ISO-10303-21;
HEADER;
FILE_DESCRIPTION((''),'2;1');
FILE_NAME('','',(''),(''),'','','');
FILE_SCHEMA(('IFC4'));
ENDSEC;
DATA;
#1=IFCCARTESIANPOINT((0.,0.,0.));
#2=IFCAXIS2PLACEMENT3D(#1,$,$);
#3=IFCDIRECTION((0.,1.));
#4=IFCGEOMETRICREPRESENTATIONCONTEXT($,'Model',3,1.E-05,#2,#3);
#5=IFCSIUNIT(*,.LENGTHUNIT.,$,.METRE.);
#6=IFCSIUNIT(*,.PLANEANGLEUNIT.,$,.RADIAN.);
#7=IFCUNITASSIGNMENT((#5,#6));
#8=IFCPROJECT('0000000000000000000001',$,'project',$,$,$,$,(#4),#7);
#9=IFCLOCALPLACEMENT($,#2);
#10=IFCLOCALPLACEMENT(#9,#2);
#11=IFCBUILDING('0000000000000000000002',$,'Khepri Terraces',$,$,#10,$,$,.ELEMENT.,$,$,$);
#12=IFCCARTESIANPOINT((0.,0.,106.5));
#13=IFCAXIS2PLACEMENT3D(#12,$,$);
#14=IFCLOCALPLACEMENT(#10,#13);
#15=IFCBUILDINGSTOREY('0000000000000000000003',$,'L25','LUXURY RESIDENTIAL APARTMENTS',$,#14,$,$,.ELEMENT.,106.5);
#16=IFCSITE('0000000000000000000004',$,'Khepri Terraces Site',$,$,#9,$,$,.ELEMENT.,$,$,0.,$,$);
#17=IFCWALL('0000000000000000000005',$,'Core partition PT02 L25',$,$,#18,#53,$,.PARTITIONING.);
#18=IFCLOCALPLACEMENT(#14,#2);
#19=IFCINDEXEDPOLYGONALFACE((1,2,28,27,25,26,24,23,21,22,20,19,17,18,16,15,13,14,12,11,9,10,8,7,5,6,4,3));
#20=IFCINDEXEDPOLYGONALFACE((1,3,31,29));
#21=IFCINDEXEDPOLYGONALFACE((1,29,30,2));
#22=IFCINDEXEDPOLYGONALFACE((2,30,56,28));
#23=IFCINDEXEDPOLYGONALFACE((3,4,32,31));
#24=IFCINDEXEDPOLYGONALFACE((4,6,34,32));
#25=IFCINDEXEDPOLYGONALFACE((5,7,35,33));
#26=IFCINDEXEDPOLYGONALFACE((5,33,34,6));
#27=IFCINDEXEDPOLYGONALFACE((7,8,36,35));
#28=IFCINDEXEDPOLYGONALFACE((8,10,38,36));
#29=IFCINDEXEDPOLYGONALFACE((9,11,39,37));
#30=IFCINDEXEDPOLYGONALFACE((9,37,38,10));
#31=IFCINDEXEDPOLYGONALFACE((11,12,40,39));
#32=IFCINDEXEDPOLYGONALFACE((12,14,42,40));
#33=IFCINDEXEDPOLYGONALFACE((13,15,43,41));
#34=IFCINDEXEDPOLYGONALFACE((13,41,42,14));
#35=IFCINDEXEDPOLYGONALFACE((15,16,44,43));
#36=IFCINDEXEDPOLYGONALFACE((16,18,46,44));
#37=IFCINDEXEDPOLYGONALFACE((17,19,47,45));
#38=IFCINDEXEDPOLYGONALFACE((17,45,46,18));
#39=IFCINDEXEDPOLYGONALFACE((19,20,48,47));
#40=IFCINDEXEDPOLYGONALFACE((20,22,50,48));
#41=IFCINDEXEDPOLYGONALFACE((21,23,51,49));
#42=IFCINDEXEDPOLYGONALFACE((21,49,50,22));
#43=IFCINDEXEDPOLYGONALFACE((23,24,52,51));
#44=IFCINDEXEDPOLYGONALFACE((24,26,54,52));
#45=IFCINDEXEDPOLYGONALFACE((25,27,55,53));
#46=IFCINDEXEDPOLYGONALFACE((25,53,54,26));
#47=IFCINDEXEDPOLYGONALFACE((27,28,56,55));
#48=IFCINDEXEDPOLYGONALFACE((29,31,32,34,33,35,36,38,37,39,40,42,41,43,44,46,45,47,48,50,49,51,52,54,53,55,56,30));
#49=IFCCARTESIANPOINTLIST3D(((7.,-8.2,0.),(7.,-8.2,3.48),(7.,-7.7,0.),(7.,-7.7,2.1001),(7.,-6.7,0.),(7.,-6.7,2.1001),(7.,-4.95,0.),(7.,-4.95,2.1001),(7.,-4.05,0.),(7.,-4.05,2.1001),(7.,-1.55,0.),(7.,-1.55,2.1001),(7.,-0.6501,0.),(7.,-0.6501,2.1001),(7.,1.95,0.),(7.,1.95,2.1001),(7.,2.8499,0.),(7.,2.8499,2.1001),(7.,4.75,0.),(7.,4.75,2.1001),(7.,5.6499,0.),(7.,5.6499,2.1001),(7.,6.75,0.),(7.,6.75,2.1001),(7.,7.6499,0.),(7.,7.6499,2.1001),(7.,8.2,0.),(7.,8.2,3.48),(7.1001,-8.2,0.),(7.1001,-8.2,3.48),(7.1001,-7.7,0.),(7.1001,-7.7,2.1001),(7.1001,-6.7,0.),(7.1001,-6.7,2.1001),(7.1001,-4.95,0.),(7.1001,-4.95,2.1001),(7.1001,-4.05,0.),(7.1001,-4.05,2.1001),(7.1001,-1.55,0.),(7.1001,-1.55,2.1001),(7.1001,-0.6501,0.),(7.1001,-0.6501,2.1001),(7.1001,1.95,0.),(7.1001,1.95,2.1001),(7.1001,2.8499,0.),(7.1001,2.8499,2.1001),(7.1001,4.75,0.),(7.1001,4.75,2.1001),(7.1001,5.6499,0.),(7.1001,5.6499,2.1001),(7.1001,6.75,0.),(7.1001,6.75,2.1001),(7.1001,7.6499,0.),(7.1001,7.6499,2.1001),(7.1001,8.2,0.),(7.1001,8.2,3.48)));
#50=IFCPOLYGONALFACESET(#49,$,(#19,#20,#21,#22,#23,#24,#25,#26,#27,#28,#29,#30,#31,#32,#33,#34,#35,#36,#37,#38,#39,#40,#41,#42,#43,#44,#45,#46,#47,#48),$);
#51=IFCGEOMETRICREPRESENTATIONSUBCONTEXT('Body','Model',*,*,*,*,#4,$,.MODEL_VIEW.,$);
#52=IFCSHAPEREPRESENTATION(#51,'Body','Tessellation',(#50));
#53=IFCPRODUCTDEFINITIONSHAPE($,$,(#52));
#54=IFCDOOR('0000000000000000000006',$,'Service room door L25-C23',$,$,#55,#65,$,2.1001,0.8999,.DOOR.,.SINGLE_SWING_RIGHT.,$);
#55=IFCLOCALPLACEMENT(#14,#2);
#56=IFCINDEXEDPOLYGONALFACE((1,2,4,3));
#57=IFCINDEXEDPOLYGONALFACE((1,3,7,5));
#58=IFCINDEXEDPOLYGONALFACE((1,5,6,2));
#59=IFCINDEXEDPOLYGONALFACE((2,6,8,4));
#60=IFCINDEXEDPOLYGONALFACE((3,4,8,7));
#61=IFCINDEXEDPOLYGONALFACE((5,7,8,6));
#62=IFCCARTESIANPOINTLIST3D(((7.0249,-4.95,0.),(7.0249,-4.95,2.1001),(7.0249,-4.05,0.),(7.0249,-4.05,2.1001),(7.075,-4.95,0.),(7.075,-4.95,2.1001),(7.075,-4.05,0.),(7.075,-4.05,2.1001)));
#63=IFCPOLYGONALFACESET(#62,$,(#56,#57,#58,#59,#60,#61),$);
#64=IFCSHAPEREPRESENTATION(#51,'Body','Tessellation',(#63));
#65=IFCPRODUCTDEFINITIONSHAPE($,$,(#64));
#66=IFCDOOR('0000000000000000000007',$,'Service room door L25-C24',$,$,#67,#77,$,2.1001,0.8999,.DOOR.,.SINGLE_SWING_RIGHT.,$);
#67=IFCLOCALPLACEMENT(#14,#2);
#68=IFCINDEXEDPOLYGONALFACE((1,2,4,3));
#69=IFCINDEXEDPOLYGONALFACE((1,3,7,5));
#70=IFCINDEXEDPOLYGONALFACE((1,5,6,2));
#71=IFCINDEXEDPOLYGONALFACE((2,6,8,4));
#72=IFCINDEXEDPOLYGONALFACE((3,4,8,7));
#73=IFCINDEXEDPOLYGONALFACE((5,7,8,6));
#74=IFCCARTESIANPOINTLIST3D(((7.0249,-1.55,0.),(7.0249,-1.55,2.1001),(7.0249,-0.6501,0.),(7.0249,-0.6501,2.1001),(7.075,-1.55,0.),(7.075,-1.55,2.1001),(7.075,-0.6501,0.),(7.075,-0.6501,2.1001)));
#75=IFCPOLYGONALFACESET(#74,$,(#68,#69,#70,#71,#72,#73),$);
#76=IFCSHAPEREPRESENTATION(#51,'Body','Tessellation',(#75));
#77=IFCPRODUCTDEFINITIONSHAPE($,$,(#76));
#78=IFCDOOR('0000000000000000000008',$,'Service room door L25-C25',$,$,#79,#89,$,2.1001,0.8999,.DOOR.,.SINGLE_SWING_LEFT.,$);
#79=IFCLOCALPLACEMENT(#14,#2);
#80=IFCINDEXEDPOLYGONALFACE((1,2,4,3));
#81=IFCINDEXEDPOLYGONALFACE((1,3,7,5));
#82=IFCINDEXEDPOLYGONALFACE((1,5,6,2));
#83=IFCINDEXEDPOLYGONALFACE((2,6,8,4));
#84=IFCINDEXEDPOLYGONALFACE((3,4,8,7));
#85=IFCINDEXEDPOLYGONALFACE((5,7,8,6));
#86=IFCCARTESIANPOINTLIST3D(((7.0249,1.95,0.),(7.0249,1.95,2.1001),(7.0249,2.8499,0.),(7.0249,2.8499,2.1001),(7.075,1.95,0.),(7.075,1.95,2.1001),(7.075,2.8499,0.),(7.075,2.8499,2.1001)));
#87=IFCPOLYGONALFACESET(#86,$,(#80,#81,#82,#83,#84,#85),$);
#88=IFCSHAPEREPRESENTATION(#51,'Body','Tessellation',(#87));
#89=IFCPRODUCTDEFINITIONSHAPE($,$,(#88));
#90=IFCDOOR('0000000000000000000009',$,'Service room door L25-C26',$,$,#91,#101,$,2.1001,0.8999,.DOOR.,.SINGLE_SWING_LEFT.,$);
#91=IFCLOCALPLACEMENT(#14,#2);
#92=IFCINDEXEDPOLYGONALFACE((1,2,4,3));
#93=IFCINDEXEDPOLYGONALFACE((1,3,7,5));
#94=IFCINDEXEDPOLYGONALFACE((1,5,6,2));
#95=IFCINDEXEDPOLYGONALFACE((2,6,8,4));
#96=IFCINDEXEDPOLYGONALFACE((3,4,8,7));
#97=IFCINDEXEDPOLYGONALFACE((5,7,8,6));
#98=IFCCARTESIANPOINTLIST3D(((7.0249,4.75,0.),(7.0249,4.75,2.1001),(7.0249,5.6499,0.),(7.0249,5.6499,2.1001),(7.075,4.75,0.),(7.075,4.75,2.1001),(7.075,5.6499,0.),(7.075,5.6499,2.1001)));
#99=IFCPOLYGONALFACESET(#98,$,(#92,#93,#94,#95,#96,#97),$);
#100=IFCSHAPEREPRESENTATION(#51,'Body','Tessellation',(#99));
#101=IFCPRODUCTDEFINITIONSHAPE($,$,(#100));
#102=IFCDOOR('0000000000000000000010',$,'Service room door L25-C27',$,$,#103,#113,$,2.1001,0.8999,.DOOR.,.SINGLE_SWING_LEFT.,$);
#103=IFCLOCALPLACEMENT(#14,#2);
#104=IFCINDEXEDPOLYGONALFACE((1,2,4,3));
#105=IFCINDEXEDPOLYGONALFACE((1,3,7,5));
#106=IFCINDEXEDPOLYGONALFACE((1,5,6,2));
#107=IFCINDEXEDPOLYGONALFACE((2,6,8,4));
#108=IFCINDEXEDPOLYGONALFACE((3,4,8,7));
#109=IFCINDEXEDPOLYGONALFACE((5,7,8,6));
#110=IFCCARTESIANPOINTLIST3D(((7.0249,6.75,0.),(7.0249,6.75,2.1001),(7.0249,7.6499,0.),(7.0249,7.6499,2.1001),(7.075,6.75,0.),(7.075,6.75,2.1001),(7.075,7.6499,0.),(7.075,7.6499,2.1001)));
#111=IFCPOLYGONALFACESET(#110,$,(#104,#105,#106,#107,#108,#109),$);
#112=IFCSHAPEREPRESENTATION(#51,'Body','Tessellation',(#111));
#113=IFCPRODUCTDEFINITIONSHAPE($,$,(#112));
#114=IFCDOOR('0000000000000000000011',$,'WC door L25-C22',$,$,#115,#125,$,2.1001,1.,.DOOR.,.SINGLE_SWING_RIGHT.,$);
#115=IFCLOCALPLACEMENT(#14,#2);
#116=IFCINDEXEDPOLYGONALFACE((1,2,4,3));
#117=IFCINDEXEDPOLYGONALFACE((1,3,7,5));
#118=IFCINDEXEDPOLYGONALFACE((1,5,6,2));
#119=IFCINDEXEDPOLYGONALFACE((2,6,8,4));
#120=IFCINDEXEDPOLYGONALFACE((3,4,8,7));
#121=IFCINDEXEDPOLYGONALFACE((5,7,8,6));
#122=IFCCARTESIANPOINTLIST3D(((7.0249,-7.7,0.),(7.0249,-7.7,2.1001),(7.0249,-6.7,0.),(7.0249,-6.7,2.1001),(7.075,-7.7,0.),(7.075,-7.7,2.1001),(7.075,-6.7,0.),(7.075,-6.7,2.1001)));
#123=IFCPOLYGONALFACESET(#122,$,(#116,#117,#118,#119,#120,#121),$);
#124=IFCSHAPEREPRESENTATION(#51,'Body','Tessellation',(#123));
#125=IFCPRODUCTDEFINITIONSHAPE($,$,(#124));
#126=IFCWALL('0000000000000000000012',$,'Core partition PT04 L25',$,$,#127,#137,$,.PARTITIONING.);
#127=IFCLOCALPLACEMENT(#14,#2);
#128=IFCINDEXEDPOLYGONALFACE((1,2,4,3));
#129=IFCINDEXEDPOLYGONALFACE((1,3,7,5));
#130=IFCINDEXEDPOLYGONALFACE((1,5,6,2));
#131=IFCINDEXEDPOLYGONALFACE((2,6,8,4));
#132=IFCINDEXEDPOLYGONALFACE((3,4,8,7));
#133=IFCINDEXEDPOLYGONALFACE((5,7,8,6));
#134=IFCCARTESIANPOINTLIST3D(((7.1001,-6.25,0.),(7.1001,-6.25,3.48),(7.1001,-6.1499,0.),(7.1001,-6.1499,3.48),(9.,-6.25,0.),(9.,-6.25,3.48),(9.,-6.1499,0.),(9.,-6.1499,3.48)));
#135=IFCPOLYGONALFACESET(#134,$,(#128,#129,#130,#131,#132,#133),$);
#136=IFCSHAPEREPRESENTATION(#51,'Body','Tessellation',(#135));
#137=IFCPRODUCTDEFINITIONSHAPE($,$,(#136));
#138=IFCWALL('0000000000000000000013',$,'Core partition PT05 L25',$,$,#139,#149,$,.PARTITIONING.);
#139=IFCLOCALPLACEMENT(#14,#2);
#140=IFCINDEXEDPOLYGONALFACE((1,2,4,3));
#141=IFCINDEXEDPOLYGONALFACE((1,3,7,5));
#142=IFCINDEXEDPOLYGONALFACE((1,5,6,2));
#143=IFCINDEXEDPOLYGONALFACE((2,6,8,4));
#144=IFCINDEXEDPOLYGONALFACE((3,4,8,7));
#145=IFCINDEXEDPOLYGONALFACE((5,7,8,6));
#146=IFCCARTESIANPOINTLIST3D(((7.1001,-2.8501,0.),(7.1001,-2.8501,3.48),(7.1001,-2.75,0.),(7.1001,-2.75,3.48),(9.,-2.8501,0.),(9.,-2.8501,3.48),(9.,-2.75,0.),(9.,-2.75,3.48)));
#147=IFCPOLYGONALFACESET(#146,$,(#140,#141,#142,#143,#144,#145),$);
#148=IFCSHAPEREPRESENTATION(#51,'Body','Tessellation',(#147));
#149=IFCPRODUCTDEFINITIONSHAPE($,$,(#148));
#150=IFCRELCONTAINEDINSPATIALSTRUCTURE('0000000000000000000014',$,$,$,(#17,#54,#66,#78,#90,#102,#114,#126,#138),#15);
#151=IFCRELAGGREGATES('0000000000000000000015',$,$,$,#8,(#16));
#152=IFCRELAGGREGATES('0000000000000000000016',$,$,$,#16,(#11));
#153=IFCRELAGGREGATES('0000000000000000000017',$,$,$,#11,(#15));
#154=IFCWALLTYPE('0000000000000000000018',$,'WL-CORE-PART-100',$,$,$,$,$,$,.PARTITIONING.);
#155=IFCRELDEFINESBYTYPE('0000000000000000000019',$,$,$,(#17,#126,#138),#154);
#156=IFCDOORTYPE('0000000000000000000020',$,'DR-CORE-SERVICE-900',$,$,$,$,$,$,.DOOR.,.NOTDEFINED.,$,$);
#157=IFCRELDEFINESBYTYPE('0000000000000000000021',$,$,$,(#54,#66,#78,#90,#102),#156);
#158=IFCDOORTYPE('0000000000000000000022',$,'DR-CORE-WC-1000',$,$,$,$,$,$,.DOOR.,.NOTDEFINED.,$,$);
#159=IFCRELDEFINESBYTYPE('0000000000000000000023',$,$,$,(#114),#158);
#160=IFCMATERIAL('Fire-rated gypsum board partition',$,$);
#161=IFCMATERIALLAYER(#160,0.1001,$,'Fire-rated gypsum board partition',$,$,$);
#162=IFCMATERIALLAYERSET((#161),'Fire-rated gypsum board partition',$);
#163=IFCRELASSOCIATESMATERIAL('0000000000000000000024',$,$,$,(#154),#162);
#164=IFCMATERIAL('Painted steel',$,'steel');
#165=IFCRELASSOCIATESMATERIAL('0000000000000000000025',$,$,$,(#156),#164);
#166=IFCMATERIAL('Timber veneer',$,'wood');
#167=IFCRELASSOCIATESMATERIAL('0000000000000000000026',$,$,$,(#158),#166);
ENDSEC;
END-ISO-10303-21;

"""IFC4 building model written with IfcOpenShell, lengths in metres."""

from ifc_helpers import new_model, si_unit, direction, frame, frame_2d, origin, place, context, subcontext, project, spatial, rectangle, extrude, material, layer, layer_set, type_object, element, fill, save


model = new_model("IFC4")

# Units and contexts
model_context = context("Model", 3, precision=1e-05, world=origin(), true_north=direction((0.0, 1.0)))
body_context = subcontext(model_context, "Body", "Model", "MODEL_VIEW")
ifc_project = project(units=[si_unit("LENGTHUNIT", "METRE"), si_unit("PLANEANGLEUNIT", "RADIAN")], contexts=[model_context])

# Site, building, storey
site_placement = place(None, origin())
site = spatial("IfcSite", under=ifc_project, at=site_placement, Name="Khepri Terraces Site", CompositionType="ELEMENT", RefElevation=0.0)
building_placement = place(site_placement, origin())
building = spatial("IfcBuilding", under=site, at=building_placement, Name="Khepri Terraces", CompositionType="ELEMENT")
storey_placement = place(building_placement, frame((0.0, 0.0, 106.5)))
storey = spatial("IfcBuildingStorey", under=building, at=storey_placement, Name="L25", Description="LUXURY RESIDENTIAL APARTMENTS", CompositionType="ELEMENT", Elevation=106.5)

# Shared definitions
ifc_material_1 = material(Name="Painted steel", Category="steel")

# Wall, openings, doors
ifc_material_2 = material(Name="Fire-rated gypsum board partition")
ifc_layer_1 = layer(ifc_material_2, 0.1001, Name="Fire-rated gypsum board partition")
ifc_layer_set_1 = layer_set([ifc_layer_1], Name="Fire-rated gypsum board partition")
wall_type_1 = type_object("IfcWallType", Name="WL-CORE-PART-100", PredefinedType="PARTITIONING", material=ifc_layer_set_1)
wall_1_placement = place(storey_placement, frame((7.05, -8.2, 0.0), z_axis=(0.0, 0.0, 1.0), x_axis=(0.0, 1.0, 0.0)))
wall_1 = element("IfcWall", 1, at=wall_1_placement, inside=storey, type_object=wall_type_1, Name="Core partition PT02 L25", PredefinedType="PARTITIONING", context=body_context, shape_type="SweptSolid", body=[
    extrude(rectangle(XDim=16.3999, YDim=0.1001, at=frame_2d((8.2, 0.0))), origin(), (0.0, 0.0, 1.0), 3.48),
])
opening_1_placement = place(wall_1_placement, frame((0.5, 0.0, 0.0)))
opening_1 = element("IfcOpeningElement", 2, at=opening_1_placement, cuts=wall_1, PredefinedType="OPENING", context=body_context, shape_type="SweptSolid", body=[
    extrude(rectangle(XDim=1.0, YDim=2.1001, at=frame_2d((0.5, 1.05))), frame((0.0, 0.0601, 0.0), z_axis=(0.0, -1.0, 0.0), x_axis=(1.0, 0.0, 0.0)), (0.0, 0.0, 1.0), 0.1201),
])
opening_2_placement = place(wall_1_placement, frame((3.25, 0.0, 0.0)))
opening_2 = element("IfcOpeningElement", 3, at=opening_2_placement, cuts=wall_1, PredefinedType="OPENING", context=body_context, shape_type="SweptSolid", body=[
    extrude(rectangle(XDim=0.8999, YDim=2.1001, at=frame_2d((0.45, 1.05))), frame((0.0, 0.0601, 0.0), z_axis=(0.0, -1.0, 0.0), x_axis=(1.0, 0.0, 0.0)), (0.0, 0.0, 1.0), 0.1201),
])
opening_3_placement = place(wall_1_placement, frame((6.6499, 0.0, 0.0)))
opening_3 = element("IfcOpeningElement", 4, at=opening_3_placement, cuts=wall_1, PredefinedType="OPENING", context=body_context, shape_type="SweptSolid", body=[
    extrude(rectangle(XDim=0.8999, YDim=2.1001, at=frame_2d((0.45, 1.05))), frame((0.0, 0.0601, 0.0), z_axis=(0.0, -1.0, 0.0), x_axis=(1.0, 0.0, 0.0)), (0.0, 0.0, 1.0), 0.1201),
])
opening_4_placement = place(wall_1_placement, frame((10.1499, 0.0, 0.0)))
opening_4 = element("IfcOpeningElement", 5, at=opening_4_placement, cuts=wall_1, PredefinedType="OPENING", context=body_context, shape_type="SweptSolid", body=[
    extrude(rectangle(XDim=0.8999, YDim=2.1001, at=frame_2d((0.45, 1.05))), frame((0.0, 0.0601, 0.0), z_axis=(0.0, -1.0, 0.0), x_axis=(1.0, 0.0, 0.0)), (0.0, 0.0, 1.0), 0.1201),
])
opening_5_placement = place(wall_1_placement, frame((12.95, 0.0, 0.0)))
opening_5 = element("IfcOpeningElement", 6, at=opening_5_placement, cuts=wall_1, PredefinedType="OPENING", context=body_context, shape_type="SweptSolid", body=[
    extrude(rectangle(XDim=0.8999, YDim=2.1001, at=frame_2d((0.45, 1.05))), frame((0.0, 0.0601, 0.0), z_axis=(0.0, -1.0, 0.0), x_axis=(1.0, 0.0, 0.0)), (0.0, 0.0, 1.0), 0.1201),
])
opening_6_placement = place(wall_1_placement, frame((14.95, 0.0, 0.0)))
opening_6 = element("IfcOpeningElement", 7, at=opening_6_placement, cuts=wall_1, PredefinedType="OPENING", context=body_context, shape_type="SweptSolid", body=[
    extrude(rectangle(XDim=0.8999, YDim=2.1001, at=frame_2d((0.45, 1.05))), frame((0.0, 0.0601, 0.0), z_axis=(0.0, -1.0, 0.0), x_axis=(1.0, 0.0, 0.0)), (0.0, 0.0, 1.0), 0.1201),
])
door_type_1 = type_object("IfcDoorType", Name="DR-CORE-SERVICE-900", OperationType="NOTDEFINED", PredefinedType="DOOR", material=ifc_material_1)
door_1_placement = place(opening_2_placement, frame((0.8999, 0.0, 0.0), z_axis=(0.0, 0.0, 1.0), x_axis=(-1.0, 0.0, 0.0)))
door_1 = element("IfcDoor", 8, at=door_1_placement, inside=storey, type_object=door_type_1, Name="Service room door L25-C23", OperationType="SINGLE_SWING_RIGHT", OverallHeight=2.1001, OverallWidth=0.8999, PredefinedType="DOOR", context=body_context, shape_type="SweptSolid", body=[
    extrude(rectangle(XDim=0.8999, YDim=2.1001, at=frame_2d((0.45, 1.05))), frame((0.0, 0.0249, 0.0), z_axis=(0.0, -1.0, 0.0), x_axis=(1.0, 0.0, 0.0)), (0.0, 0.0, 1.0), 0.05),
])
fill(opening_2, door_1)
door_2_placement = place(opening_3_placement, frame((0.8999, 0.0, 0.0), z_axis=(0.0, 0.0, 1.0), x_axis=(-1.0, 0.0, 0.0)))
door_2 = element("IfcDoor", 9, at=door_2_placement, inside=storey, type_object=door_type_1, Name="Service room door L25-C24", OperationType="SINGLE_SWING_RIGHT", OverallHeight=2.1001, OverallWidth=0.8999, PredefinedType="DOOR", context=body_context, shape_type="SweptSolid", body=[
    extrude(rectangle(XDim=0.8999, YDim=2.1001, at=frame_2d((0.45, 1.05))), frame((0.0, 0.0249, 0.0), z_axis=(0.0, -1.0, 0.0), x_axis=(1.0, 0.0, 0.0)), (0.0, 0.0, 1.0), 0.05),
])
fill(opening_3, door_2)
door_3_placement = place(opening_4_placement, frame((0.8999, 0.0, 0.0), z_axis=(0.0, 0.0, 1.0), x_axis=(-1.0, 0.0, 0.0)))
door_3 = element("IfcDoor", 10, at=door_3_placement, inside=storey, type_object=door_type_1, Name="Service room door L25-C25", OperationType="SINGLE_SWING_LEFT", OverallHeight=2.1001, OverallWidth=0.8999, PredefinedType="DOOR", context=body_context, shape_type="SweptSolid", body=[
    extrude(rectangle(XDim=0.8999, YDim=2.1001, at=frame_2d((0.45, 1.05))), frame((0.0, 0.0249, 0.0), z_axis=(0.0, -1.0, 0.0), x_axis=(1.0, 0.0, 0.0)), (0.0, 0.0, 1.0), 0.05),
])
fill(opening_4, door_3)
door_4_placement = place(opening_5_placement, frame((0.8999, 0.0, 0.0), z_axis=(0.0, 0.0, 1.0), x_axis=(-1.0, 0.0, 0.0)))
door_4 = element("IfcDoor", 11, at=door_4_placement, inside=storey, type_object=door_type_1, Name="Service room door L25-C26", OperationType="SINGLE_SWING_LEFT", OverallHeight=2.1001, OverallWidth=0.8999, PredefinedType="DOOR", context=body_context, shape_type="SweptSolid", body=[
    extrude(rectangle(XDim=0.8999, YDim=2.1001, at=frame_2d((0.45, 1.05))), frame((0.0, 0.0249, 0.0), z_axis=(0.0, -1.0, 0.0), x_axis=(1.0, 0.0, 0.0)), (0.0, 0.0, 1.0), 0.05),
])
fill(opening_5, door_4)
door_5_placement = place(opening_6_placement, frame((0.8999, 0.0, 0.0), z_axis=(0.0, 0.0, 1.0), x_axis=(-1.0, 0.0, 0.0)))
door_5 = element("IfcDoor", 12, at=door_5_placement, inside=storey, type_object=door_type_1, Name="Service room door L25-C27", OperationType="SINGLE_SWING_LEFT", OverallHeight=2.1001, OverallWidth=0.8999, PredefinedType="DOOR", context=body_context, shape_type="SweptSolid", body=[
    extrude(rectangle(XDim=0.8999, YDim=2.1001, at=frame_2d((0.45, 1.05))), frame((0.0, 0.0249, 0.0), z_axis=(0.0, -1.0, 0.0), x_axis=(1.0, 0.0, 0.0)), (0.0, 0.0, 1.0), 0.05),
])
fill(opening_6, door_5)
ifc_material_3 = material(Name="Timber veneer", Category="wood")
door_type_2 = type_object("IfcDoorType", Name="DR-CORE-WC-1000", OperationType="NOTDEFINED", PredefinedType="DOOR", material=ifc_material_3)
door_6_placement = place(opening_1_placement, frame((1.0, 0.0, 0.0), z_axis=(0.0, 0.0, 1.0), x_axis=(-1.0, 0.0, 0.0)))
door_6 = element("IfcDoor", 13, at=door_6_placement, inside=storey, type_object=door_type_2, Name="WC door L25-C22", OperationType="SINGLE_SWING_RIGHT", OverallHeight=2.1001, OverallWidth=1.0, PredefinedType="DOOR", context=body_context, shape_type="SweptSolid", body=[
    extrude(rectangle(XDim=1.0, YDim=2.1001, at=frame_2d((0.5, 1.05))), frame((0.0, 0.0249, 0.0), z_axis=(0.0, -1.0, 0.0), x_axis=(1.0, 0.0, 0.0)), (0.0, 0.0, 1.0), 0.05),
])
fill(opening_1, door_6)

# Walls
for number, where, z_axis, x_axis, name in (
    (14, (7.1001, -6.2, 0.0), (0.0, 0.0, 1.0), (1.0, 0.0, 0.0), "Core partition PT04 L25"),
    (15, (7.1001, -2.8, 0.0), (0.0, 0.0, 1.0), (1.0, 0.0, 0.0), "Core partition PT05 L25"),
):
    element("IfcWall", number, at=place(storey_placement, frame(where, z_axis=z_axis, x_axis=x_axis)), inside=storey, type_object=wall_type_1, Name=name, PredefinedType="PARTITIONING", context=body_context, shape_type="SweptSolid", body=[
        extrude(rectangle(XDim=1.8999, YDim=0.1001, at=frame_2d((0.95, 0.0))), origin(), (0.0, 0.0, 1.0), 3.48),
    ])

save(model, "model.ifc")
